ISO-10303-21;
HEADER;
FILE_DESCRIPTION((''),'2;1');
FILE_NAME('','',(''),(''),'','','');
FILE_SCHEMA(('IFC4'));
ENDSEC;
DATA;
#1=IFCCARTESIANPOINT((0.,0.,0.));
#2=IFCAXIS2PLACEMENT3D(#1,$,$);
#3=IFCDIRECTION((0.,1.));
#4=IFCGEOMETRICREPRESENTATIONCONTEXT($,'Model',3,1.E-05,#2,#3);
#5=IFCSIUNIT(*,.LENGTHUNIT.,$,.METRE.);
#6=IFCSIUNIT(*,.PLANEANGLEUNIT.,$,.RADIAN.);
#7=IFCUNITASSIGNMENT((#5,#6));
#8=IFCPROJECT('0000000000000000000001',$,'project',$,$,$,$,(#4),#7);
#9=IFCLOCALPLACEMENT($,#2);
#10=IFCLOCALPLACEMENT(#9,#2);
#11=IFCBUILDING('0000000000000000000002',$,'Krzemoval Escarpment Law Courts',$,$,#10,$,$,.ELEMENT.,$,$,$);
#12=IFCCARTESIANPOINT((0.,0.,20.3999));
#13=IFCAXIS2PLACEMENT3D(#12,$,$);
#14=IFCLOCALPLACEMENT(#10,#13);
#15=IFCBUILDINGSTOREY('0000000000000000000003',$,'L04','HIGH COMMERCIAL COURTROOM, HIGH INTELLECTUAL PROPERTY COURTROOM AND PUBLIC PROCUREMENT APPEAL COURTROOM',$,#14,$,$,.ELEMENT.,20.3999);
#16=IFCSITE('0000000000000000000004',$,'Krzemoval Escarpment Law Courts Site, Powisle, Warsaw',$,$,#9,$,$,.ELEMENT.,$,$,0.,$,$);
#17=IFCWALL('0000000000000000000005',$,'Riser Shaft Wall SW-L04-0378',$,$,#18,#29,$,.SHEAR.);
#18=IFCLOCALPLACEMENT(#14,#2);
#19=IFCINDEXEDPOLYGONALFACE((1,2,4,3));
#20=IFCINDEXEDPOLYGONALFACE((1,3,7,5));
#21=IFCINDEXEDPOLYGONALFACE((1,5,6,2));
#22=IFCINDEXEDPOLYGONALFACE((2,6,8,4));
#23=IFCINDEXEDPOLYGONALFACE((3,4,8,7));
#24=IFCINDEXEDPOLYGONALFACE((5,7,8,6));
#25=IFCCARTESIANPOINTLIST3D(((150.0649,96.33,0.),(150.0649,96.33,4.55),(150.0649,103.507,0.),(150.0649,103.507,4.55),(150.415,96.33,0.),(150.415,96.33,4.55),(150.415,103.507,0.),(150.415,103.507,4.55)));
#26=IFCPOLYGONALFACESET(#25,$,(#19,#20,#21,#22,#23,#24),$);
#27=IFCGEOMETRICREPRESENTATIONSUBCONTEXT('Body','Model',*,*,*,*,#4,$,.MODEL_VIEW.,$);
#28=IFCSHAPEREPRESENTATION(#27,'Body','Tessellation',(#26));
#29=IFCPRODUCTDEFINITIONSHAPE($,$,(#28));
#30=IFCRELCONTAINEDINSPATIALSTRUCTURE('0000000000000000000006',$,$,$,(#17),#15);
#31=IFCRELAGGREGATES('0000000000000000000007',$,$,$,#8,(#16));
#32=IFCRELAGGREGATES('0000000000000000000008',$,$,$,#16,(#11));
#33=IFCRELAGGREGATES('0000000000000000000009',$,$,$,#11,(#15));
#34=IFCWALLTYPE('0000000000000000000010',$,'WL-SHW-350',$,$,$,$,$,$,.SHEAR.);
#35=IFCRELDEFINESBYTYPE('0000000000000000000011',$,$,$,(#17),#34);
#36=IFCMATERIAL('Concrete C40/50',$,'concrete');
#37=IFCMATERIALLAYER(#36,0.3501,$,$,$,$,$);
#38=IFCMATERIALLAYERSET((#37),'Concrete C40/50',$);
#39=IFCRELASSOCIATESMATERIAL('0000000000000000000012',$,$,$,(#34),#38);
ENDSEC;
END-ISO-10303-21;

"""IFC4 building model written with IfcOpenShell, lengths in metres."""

from ifc_helpers import new_model, si_unit, direction, frame, frame_2d, origin, place, context, subcontext, project, spatial, rectangle, extrude, material, layer, layer_set, type_object, element, save


model = new_model("IFC4")

# Units and contexts
model_context = context("Model", 3, precision=1e-05, world=origin(), true_north=direction((0.0, 1.0)))
body_context = subcontext(model_context, "Body", "Model", "MODEL_VIEW")
ifc_project = project(units=[si_unit("LENGTHUNIT", "METRE"), si_unit("PLANEANGLEUNIT", "RADIAN")], contexts=[model_context])

# Site, building, storey
site_placement = place(None, origin())
site = spatial("IfcSite", under=ifc_project, at=site_placement, Name="Krzemoval Escarpment Law Courts Site, Powisle, Warsaw", CompositionType="ELEMENT", RefElevation=0.0)
building_placement = place(site_placement, origin())
building = spatial("IfcBuilding", under=site, at=building_placement, Name="Krzemoval Escarpment Law Courts", CompositionType="ELEMENT")
storey_placement = place(building_placement, frame((0.0, 0.0, 20.3999)))
storey = spatial("IfcBuildingStorey", under=building, at=storey_placement, Name="L04", Description="HIGH COMMERCIAL COURTROOM, HIGH INTELLECTUAL PROPERTY COURTROOM AND PUBLIC PROCUREMENT APPEAL COURTROOM", CompositionType="ELEMENT", Elevation=20.3999)

# Wall
ifc_material_1 = material(Name="Concrete C40/50", Category="concrete")
ifc_layer_1 = layer(ifc_material_1, 0.3501)
ifc_layer_set_1 = layer_set([ifc_layer_1], Name="Concrete C40/50")
wall_type_1 = type_object("IfcWallType", Name="WL-SHW-350", PredefinedType="SHEAR", material=ifc_layer_set_1)
wall_1_placement = place(storey_placement, frame((150.24, 96.3301, 0.0), z_axis=(0.0, 0.0, 1.0), x_axis=(0.0, 1.0, 0.0)))
element("IfcWall", 1, at=wall_1_placement, inside=storey, type_object=wall_type_1, Name="Riser Shaft Wall SW-L04-0378", PredefinedType="SHEAR", context=body_context, shape_type="SweptSolid", body=[
    extrude(rectangle(XDim=7.177, YDim=0.3501, at=frame_2d((3.5884, 0.0))), origin(), (0.0, 0.0, 1.0), 4.55),
])

save(model, "model.ifc")
